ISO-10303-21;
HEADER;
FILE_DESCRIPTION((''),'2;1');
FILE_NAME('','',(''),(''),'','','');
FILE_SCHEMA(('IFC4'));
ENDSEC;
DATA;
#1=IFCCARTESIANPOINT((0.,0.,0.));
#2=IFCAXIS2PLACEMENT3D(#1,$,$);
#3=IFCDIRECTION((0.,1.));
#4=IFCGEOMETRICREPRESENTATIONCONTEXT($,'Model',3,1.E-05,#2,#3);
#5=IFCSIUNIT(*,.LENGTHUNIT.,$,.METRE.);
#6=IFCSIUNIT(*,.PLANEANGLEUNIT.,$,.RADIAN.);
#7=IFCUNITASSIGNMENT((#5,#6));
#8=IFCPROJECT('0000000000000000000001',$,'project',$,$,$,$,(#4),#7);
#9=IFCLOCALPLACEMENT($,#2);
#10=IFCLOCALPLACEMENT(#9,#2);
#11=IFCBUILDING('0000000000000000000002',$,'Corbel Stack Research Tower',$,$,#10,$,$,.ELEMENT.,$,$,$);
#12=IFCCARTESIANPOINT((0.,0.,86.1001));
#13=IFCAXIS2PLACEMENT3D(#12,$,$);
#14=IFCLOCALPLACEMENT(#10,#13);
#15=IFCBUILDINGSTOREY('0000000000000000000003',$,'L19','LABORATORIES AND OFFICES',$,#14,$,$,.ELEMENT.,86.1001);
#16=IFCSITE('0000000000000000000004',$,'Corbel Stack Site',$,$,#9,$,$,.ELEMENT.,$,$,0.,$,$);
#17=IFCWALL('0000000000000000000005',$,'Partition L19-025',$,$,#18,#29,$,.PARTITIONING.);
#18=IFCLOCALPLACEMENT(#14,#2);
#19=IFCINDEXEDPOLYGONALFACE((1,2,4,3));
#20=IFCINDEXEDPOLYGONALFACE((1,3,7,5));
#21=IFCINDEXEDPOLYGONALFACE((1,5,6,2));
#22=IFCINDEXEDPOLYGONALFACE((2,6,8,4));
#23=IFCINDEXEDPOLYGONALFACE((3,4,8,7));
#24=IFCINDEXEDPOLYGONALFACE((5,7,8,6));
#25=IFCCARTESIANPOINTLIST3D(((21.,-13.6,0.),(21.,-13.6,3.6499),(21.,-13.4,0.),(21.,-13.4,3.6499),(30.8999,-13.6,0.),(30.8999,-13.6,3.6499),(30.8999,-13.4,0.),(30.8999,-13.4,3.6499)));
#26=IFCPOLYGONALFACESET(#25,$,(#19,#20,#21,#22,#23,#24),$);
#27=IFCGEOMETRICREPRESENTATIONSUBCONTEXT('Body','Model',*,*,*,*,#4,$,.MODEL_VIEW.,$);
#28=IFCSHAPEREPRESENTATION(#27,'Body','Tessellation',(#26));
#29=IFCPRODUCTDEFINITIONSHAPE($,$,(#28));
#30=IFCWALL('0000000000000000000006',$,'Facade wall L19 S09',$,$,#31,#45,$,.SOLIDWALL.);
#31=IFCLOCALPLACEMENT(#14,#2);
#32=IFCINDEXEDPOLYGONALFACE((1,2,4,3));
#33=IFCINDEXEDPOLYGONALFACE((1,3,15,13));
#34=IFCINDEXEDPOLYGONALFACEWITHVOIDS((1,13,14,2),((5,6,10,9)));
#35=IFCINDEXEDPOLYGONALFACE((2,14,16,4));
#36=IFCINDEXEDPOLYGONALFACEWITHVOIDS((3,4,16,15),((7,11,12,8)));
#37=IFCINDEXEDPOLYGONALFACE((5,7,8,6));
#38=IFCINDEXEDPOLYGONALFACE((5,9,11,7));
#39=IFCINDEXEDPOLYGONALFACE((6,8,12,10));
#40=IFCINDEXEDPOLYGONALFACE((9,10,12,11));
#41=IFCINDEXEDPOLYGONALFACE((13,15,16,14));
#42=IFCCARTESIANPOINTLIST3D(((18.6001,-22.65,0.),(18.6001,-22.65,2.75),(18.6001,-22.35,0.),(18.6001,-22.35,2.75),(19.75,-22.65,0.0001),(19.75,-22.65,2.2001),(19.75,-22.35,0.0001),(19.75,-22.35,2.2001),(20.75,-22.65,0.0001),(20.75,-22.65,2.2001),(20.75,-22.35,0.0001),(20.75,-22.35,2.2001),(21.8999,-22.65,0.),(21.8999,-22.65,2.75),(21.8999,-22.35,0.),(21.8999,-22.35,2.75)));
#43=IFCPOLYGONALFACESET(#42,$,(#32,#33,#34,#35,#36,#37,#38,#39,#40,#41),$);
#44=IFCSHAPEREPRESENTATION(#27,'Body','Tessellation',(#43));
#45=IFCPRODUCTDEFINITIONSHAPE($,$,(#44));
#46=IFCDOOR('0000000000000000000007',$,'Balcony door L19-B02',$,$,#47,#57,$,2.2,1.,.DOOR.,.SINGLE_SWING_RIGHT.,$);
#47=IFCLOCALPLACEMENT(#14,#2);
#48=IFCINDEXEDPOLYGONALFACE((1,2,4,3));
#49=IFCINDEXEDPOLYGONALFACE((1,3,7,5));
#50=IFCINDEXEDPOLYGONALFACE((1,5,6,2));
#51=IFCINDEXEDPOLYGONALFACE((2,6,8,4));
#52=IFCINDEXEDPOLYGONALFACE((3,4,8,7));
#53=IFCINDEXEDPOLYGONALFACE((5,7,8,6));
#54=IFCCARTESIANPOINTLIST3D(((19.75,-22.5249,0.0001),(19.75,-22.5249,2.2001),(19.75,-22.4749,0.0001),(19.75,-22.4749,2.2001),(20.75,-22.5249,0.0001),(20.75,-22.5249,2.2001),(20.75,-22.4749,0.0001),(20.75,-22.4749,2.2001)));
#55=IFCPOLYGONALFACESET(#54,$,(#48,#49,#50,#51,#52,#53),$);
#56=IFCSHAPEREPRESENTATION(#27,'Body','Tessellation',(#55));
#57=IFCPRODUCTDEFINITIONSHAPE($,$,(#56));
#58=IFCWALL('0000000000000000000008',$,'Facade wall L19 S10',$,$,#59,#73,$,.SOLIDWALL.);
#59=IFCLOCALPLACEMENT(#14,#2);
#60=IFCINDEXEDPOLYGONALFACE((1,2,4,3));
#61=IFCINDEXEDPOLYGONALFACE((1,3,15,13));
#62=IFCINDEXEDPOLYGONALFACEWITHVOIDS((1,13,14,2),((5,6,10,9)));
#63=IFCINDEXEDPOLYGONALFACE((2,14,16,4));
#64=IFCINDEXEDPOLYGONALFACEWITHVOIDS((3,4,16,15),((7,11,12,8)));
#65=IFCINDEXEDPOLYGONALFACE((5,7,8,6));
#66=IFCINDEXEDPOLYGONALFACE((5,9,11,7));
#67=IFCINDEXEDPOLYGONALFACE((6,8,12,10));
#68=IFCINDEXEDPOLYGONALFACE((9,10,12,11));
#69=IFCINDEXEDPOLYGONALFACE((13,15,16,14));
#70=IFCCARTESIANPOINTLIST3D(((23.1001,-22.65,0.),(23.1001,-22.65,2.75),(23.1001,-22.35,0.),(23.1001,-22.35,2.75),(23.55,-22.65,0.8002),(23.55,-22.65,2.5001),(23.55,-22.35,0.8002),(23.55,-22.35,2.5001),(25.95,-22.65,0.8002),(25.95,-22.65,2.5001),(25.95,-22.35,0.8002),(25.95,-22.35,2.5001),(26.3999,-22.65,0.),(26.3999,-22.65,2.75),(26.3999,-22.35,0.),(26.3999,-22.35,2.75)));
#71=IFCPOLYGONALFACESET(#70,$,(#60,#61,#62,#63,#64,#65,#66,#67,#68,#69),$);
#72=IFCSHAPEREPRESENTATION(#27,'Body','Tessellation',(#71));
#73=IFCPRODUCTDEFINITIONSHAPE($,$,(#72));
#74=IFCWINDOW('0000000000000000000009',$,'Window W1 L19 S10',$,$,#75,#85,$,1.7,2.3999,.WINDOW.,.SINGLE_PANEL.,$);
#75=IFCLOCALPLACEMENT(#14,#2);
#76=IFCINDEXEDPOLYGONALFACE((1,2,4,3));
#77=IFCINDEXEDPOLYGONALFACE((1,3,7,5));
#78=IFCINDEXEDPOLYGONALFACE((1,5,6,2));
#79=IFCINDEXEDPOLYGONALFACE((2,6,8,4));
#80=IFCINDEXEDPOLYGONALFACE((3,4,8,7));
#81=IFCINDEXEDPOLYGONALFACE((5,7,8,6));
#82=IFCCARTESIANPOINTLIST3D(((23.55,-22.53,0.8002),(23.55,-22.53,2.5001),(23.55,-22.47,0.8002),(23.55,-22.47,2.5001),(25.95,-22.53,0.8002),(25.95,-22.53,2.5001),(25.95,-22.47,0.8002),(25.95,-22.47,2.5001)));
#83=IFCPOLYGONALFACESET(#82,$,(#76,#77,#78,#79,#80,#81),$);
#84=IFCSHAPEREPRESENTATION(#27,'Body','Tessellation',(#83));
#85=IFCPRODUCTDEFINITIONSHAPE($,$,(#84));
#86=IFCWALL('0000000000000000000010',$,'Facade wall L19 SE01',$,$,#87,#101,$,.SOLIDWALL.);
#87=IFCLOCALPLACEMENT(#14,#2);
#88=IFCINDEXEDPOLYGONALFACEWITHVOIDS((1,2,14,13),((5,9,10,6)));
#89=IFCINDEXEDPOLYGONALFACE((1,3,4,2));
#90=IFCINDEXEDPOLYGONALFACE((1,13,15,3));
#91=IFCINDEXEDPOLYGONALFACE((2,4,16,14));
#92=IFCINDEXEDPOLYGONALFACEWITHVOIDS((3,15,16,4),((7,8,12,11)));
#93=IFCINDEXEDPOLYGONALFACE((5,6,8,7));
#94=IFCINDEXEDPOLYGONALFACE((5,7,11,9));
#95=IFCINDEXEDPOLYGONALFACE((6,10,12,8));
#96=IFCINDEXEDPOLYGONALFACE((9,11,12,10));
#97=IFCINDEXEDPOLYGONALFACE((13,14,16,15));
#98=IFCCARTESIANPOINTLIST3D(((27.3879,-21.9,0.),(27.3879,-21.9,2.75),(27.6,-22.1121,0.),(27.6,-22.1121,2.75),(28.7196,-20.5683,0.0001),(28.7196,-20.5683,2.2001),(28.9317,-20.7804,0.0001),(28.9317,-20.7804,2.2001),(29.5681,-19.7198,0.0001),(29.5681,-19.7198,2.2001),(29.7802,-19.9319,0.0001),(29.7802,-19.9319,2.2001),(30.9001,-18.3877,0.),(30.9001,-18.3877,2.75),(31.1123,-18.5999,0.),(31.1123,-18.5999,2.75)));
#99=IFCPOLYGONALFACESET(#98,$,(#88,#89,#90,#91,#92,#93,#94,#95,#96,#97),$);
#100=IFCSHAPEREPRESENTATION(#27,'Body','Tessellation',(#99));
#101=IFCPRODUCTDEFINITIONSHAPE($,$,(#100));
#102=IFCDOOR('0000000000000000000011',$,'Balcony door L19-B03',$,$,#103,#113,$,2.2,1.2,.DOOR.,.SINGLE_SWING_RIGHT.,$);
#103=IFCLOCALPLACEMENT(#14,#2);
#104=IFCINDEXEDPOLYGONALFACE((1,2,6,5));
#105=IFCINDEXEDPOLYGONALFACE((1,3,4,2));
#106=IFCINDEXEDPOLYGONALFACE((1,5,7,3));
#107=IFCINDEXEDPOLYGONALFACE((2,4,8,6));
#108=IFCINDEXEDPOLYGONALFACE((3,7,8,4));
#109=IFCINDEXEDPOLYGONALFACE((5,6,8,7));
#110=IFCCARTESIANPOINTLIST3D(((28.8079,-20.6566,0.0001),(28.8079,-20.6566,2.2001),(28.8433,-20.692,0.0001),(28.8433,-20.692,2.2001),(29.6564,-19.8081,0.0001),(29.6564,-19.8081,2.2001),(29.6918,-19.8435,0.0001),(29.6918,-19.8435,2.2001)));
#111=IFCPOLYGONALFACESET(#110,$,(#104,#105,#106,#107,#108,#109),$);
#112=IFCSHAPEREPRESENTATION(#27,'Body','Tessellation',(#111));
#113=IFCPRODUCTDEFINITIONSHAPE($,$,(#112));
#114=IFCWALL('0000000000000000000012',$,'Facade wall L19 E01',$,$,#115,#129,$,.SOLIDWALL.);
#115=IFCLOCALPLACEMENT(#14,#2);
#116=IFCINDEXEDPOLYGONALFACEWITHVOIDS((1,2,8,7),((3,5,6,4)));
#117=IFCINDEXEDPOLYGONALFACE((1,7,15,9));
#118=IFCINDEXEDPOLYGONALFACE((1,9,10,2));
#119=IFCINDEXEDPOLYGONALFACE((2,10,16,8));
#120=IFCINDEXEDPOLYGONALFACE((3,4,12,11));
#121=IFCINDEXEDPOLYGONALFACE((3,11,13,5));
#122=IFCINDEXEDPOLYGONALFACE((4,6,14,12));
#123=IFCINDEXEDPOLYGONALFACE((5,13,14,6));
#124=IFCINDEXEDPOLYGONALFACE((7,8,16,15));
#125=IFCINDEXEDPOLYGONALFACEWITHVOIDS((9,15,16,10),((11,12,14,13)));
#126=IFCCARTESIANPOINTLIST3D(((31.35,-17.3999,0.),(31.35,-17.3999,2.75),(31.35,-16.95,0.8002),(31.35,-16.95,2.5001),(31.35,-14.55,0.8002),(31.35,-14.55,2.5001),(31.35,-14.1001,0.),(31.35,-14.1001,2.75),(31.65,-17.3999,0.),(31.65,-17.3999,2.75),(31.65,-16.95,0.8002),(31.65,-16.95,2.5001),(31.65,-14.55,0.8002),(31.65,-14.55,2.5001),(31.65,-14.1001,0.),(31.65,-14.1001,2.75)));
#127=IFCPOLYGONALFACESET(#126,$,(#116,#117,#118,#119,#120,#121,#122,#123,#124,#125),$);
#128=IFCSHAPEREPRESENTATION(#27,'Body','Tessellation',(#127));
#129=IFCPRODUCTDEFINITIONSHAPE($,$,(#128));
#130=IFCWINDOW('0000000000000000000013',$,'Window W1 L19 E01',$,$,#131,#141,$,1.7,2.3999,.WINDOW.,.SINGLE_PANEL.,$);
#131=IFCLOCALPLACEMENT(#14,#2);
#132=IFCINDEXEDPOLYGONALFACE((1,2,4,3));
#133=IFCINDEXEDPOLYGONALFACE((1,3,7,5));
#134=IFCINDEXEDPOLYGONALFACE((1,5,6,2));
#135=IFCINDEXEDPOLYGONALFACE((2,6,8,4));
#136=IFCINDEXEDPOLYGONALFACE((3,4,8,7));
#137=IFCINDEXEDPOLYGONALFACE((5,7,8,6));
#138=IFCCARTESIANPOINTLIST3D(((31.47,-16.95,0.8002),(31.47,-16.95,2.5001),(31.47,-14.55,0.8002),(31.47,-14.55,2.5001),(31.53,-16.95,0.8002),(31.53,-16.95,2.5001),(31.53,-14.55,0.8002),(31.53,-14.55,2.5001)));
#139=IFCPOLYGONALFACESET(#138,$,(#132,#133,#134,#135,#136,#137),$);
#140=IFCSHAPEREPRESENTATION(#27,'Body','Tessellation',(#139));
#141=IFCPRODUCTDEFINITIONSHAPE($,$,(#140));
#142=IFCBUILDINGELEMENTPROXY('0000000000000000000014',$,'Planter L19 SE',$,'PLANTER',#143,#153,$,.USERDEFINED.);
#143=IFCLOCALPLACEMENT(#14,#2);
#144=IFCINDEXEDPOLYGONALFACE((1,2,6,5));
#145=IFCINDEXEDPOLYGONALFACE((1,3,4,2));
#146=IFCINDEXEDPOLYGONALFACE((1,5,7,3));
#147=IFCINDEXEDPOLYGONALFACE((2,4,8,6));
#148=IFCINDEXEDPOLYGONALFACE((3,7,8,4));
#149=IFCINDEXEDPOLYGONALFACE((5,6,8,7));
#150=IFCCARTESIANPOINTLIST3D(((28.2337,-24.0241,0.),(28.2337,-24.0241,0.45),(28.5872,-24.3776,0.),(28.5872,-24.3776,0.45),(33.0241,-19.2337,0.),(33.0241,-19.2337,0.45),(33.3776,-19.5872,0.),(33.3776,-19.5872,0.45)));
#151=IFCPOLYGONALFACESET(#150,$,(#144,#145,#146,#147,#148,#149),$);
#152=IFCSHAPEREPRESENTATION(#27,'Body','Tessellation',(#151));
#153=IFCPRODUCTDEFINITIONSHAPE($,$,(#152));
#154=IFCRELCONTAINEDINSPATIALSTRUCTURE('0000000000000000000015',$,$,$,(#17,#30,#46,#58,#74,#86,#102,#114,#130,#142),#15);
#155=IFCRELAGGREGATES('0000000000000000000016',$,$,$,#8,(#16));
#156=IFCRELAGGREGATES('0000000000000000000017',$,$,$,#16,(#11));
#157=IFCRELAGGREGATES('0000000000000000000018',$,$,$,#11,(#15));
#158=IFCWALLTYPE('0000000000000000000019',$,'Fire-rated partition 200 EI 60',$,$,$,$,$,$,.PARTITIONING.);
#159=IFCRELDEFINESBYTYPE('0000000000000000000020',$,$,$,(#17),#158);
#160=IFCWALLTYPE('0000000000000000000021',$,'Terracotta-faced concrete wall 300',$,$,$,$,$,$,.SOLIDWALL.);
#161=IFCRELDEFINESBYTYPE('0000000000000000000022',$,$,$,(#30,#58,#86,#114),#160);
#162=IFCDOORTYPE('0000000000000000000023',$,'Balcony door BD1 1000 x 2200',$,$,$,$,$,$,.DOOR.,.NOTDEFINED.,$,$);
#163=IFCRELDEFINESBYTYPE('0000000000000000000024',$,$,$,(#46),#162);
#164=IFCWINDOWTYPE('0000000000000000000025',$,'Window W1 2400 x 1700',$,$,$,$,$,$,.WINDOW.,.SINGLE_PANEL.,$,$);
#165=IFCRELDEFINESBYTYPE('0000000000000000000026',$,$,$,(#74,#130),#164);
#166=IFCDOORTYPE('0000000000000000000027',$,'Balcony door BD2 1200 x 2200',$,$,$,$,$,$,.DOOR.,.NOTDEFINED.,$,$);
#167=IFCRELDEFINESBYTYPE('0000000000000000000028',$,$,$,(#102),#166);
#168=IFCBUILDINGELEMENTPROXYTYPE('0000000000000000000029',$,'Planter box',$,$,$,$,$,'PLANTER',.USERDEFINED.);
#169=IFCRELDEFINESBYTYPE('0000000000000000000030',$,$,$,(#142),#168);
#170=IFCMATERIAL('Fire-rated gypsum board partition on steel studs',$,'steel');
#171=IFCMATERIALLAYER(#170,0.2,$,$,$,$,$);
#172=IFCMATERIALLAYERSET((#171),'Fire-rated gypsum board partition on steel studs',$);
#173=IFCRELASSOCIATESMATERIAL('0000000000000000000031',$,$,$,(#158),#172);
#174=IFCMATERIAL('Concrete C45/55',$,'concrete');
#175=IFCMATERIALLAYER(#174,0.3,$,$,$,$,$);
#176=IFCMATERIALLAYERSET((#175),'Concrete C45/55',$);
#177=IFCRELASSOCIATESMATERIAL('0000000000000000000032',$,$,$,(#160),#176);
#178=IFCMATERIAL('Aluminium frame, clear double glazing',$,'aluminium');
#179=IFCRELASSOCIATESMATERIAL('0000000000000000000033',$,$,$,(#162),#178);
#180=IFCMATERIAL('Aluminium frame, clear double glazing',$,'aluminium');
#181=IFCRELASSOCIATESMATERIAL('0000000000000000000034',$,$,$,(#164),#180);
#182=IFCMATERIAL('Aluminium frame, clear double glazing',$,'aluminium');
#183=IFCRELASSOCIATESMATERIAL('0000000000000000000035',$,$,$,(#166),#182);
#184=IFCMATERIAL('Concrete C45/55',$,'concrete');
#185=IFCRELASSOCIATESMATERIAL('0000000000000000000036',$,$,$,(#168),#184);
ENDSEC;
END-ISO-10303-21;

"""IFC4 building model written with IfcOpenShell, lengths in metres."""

from ifc_helpers import new_model, si_unit, direction, frame, frame_2d, origin, origin_2d, place, context, subcontext, project, spatial, rectangle, extrude, material, layer, layer_set, type_object, element, fill, save


model = new_model("IFC4")

# Units and contexts
model_context = context("Model", 3, precision=1e-05, world=origin(), true_north=direction((0.0, 1.0)))
body_context = subcontext(model_context, "Body", "Model", "MODEL_VIEW")
ifc_project = project(units=[si_unit("LENGTHUNIT", "METRE"), si_unit("PLANEANGLEUNIT", "RADIAN")], contexts=[model_context])

# Site, building, storey
site_placement = place(None, origin())
site = spatial("IfcSite", under=ifc_project, at=site_placement, Name="Corbel Stack Site", CompositionType="ELEMENT", RefElevation=0.0)
building_placement = place(site_placement, origin())
building = spatial("IfcBuilding", under=site, at=building_placement, Name="Corbel Stack Research Tower", CompositionType="ELEMENT")
storey_placement = place(building_placement, frame((0.0, 0.0, 86.1001)))
storey = spatial("IfcBuildingStorey", under=building, at=storey_placement, Name="L19", Description="LABORATORIES AND OFFICES", CompositionType="ELEMENT", Elevation=86.1001)

# Shared definitions
ifc_material_1 = material(Name="Fire-rated gypsum board partition on steel studs", Category="steel")
ifc_layer_1 = layer(ifc_material_1, 0.2)
ifc_layer_set_1 = layer_set([ifc_layer_1], Name="Fire-rated gypsum board partition on steel studs")
wall_type_1 = type_object("IfcWallType", Name="Fire-rated partition 200 EI 60", PredefinedType="PARTITIONING", material=ifc_layer_set_1)

# Wall
wall_1_placement = place(storey_placement, frame((21.0, -13.5, 0.0), z_axis=(0.0, 0.0, 1.0), x_axis=(1.0, 0.0, 0.0)))
element("IfcWall", 1, at=wall_1_placement, inside=storey, type_object=wall_type_1, Name="Partition L19-025", PredefinedType="PARTITIONING", context=body_context, shape_type="SweptSolid", body=[
    extrude(rectangle(XDim=9.8999, YDim=0.2, at=frame_2d((4.95, 0.0))), origin(), (0.0, 0.0, 1.0), 3.6499),
])

# Wall, opening, door
ifc_material_2 = material(Name="Concrete C45/55", Category="concrete")
ifc_layer_2 = layer(ifc_material_2, 0.3)
ifc_layer_set_2 = layer_set([ifc_layer_2], Name="Concrete C45/55")
wall_type_2 = type_object("IfcWallType", Name="Terracotta-faced concrete wall 300", PredefinedType="SOLIDWALL", material=ifc_layer_set_2)
wall_2_placement = place(storey_placement, frame((21.8999, -22.5, 0.0), z_axis=(0.0, 0.0, 1.0), x_axis=(-1.0, 0.0, 0.0)))
wall_2 = element("IfcWall", 2, at=wall_2_placement, inside=storey, type_object=wall_type_2, Name="Facade wall L19 S09", PredefinedType="SOLIDWALL", context=body_context, shape_type="SweptSolid", body=[
    extrude(rectangle(XDim=3.2998, YDim=0.3, at=frame_2d((1.6499, 0.0))), origin(), (0.0, 0.0, 1.0), 2.75),
])
opening_1_placement = place(wall_2_placement, frame((1.1499, 0.0, 0.0)))
opening_1 = element("IfcOpeningElement", 3, at=opening_1_placement, cuts=wall_2, PredefinedType="OPENING", context=body_context, shape_type="SweptSolid", body=[
    extrude(rectangle(XDim=1.0, YDim=2.2, at=frame_2d((0.5, 1.1001))), frame((0.0, 0.1599, 0.0), z_axis=(0.0, -1.0, 0.0), x_axis=(1.0, 0.0, 0.0)), (0.0, 0.0, 1.0), 0.3201),
])
ifc_material_3 = material(Name="Aluminium frame, clear double glazing", Category="aluminium")
door_type_1 = type_object("IfcDoorType", Name="Balcony door BD1 1000 x 2200", OperationType="NOTDEFINED", PredefinedType="DOOR", material=ifc_material_3)
door_1_placement = place(opening_1_placement, origin())
door_1 = element("IfcDoor", 4, at=door_1_placement, inside=storey, type_object=door_type_1, Name="Balcony door L19-B02", OperationType="SINGLE_SWING_RIGHT", OverallHeight=2.2, OverallWidth=1.0, PredefinedType="DOOR", context=body_context, shape_type="SweptSolid", body=[
    extrude(rectangle(XDim=1.0, YDim=2.2, at=frame_2d((0.5, 1.1001))), frame((0.0, 0.0249, 0.0), z_axis=(0.0, -1.0, 0.0), x_axis=(1.0, 0.0, 0.0)), (0.0, 0.0, 1.0), 0.05),
])
fill(opening_1, door_1)

# Wall, opening, window
wall_3_placement = place(storey_placement, frame((26.3999, -22.5, 0.0), z_axis=(0.0, 0.0, 1.0), x_axis=(-1.0, 0.0, 0.0)))
wall_3 = element("IfcWall", 5, at=wall_3_placement, inside=storey, type_object=wall_type_2, Name="Facade wall L19 S10", PredefinedType="SOLIDWALL", context=body_context, shape_type="SweptSolid", body=[
    extrude(rectangle(XDim=3.2998, YDim=0.3, at=frame_2d((1.6499, 0.0))), origin(), (0.0, 0.0, 1.0), 2.75),
])
opening_2_placement = place(wall_3_placement, frame((0.45, 0.0, 0.8)))
opening_2 = element("IfcOpeningElement", 6, at=opening_2_placement, cuts=wall_3, PredefinedType="OPENING", context=body_context, shape_type="SweptSolid", body=[
    extrude(rectangle(XDim=2.3999, YDim=1.7, at=frame_2d((1.2, 0.8501))), frame((0.0, 0.1599, 0.0), z_axis=(0.0, -1.0, 0.0), x_axis=(1.0, 0.0, 0.0)), (0.0, 0.0, 1.0), 0.3201),
])
ifc_material_4 = material(Name="Aluminium frame, clear double glazing", Category="aluminium")
window_type = type_object("IfcWindowType", Name="Window W1 2400 x 1700", PartitioningType="SINGLE_PANEL", PredefinedType="WINDOW", material=ifc_material_4)
window_1_placement = place(opening_2_placement, origin())
window_1 = element("IfcWindow", 7, at=window_1_placement, inside=storey, type_object=window_type, Name="Window W1 L19 S10", OverallHeight=1.7, OverallWidth=2.3999, PartitioningType="SINGLE_PANEL", PredefinedType="WINDOW", context=body_context, shape_type="SweptSolid", body=[
    extrude(rectangle(XDim=2.3999, YDim=1.7, at=frame_2d((1.2, 0.8501))), frame((0.0, 0.03, 0.0), z_axis=(0.0, -1.0, 0.0), x_axis=(1.0, 0.0, 0.0)), (0.0, 0.0, 1.0), 0.0601),
])
fill(opening_2, window_1)

# Wall, opening, door
wall_4_placement = place(storey_placement, frame((31.0061, -18.4939, 0.0), z_axis=(0.0, 0.0, 1.0), x_axis=(-0.707107, -0.707107, 0.0)))
wall_4 = element("IfcWall", 8, at=wall_4_placement, inside=storey, type_object=wall_type_2, Name="Facade wall L19 SE01", PredefinedType="SOLIDWALL", context=body_context, shape_type="SweptSolid", body=[
    extrude(rectangle(XDim=4.967, YDim=0.3, at=frame_2d((2.4834, 0.0))), origin(), (0.0, 0.0, 1.0), 2.75),
])
opening_3_placement = place(wall_4_placement, frame((1.8835, 0.0, 0.0)))
opening_3 = element("IfcOpeningElement", 9, at=opening_3_placement, cuts=wall_4, PredefinedType="OPENING", context=body_context, shape_type="SweptSolid", body=[
    extrude(rectangle(XDim=1.2, YDim=2.2, at=frame_2d((0.6001, 1.1001))), frame((0.0, 0.1599, 0.0), z_axis=(0.0, -1.0, 0.0), x_axis=(1.0, 0.0, 0.0)), (0.0, 0.0, 1.0), 0.3201),
])
ifc_material_5 = material(Name="Aluminium frame, clear double glazing", Category="aluminium")
door_type_2 = type_object("IfcDoorType", Name="Balcony door BD2 1200 x 2200", OperationType="NOTDEFINED", PredefinedType="DOOR", material=ifc_material_5)
door_2_placement = place(opening_3_placement, origin())
door_2 = element("IfcDoor", 10, at=door_2_placement, inside=storey, type_object=door_type_2, Name="Balcony door L19-B03", OperationType="SINGLE_SWING_RIGHT", OverallHeight=2.2, OverallWidth=1.2, PredefinedType="DOOR", context=body_context, shape_type="SweptSolid", body=[
    extrude(rectangle(XDim=1.2, YDim=2.2, at=frame_2d((0.6001, 1.1001))), frame((0.0, 0.0249, 0.0), z_axis=(0.0, -1.0, 0.0), x_axis=(1.0, 0.0, 0.0)), (0.0, 0.0, 1.0), 0.05),
])
fill(opening_3, door_2)

# Wall, opening, window
wall_5_placement = place(storey_placement, frame((31.5, -14.1001, 0.0), z_axis=(0.0, 0.0, 1.0), x_axis=(0.0, -1.0, 0.0)))
wall_5 = element("IfcWall", 11, at=wall_5_placement, inside=storey, type_object=wall_type_2, Name="Facade wall L19 E01", PredefinedType="SOLIDWALL", context=body_context, shape_type="SweptSolid", body=[
    extrude(rectangle(XDim=3.2998, YDim=0.3, at=frame_2d((1.6499, 0.0))), origin(), (0.0, 0.0, 1.0), 2.75),
])
opening_4_placement = place(wall_5_placement, frame((0.45, 0.0, 0.8)))
opening_4 = element("IfcOpeningElement", 12, at=opening_4_placement, cuts=wall_5, PredefinedType="OPENING", context=body_context, shape_type="SweptSolid", body=[
    extrude(rectangle(XDim=2.3999, YDim=1.7, at=frame_2d((1.2, 0.8501))), frame((0.0, 0.1599, 0.0), z_axis=(0.0, -1.0, 0.0), x_axis=(1.0, 0.0, 0.0)), (0.0, 0.0, 1.0), 0.3201),
])
window_2_placement = place(opening_4_placement, origin())
window_2 = element("IfcWindow", 13, at=window_2_placement, inside=storey, type_object=window_type, Name="Window W1 L19 E01", OverallHeight=1.7, OverallWidth=2.3999, PartitioningType="SINGLE_PANEL", PredefinedType="WINDOW", context=body_context, shape_type="SweptSolid", body=[
    extrude(rectangle(XDim=2.3999, YDim=1.7, at=frame_2d((1.2, 0.8501))), frame((0.0, 0.03, 0.0), z_axis=(0.0, -1.0, 0.0), x_axis=(1.0, 0.0, 0.0)), (0.0, 0.0, 1.0), 0.0601),
])
fill(opening_4, window_2)

# Building element proxy
ifc_material_6 = material(Name="Concrete C45/55", Category="concrete")
building_element_proxy_type = type_object("IfcBuildingElementProxyType", Name="Planter box", ElementType="PLANTER", PredefinedType="USERDEFINED", material=ifc_material_6)
proxy_placement = place(storey_placement, frame((30.8057, -21.8057, 0.0), z_axis=(0.0, 0.0, 1.0), x_axis=(0.707107, 0.707107, 0.0)))
element("IfcBuildingElementProxy", 14, at=proxy_placement, inside=storey, type_object=building_element_proxy_type, Name="Planter L19 SE", ObjectType="PLANTER", PredefinedType="USERDEFINED", context=body_context, shape_type="SweptSolid", body=[
    extrude(rectangle(XDim=6.7747, YDim=0.5, at=origin_2d()), origin(), (0.0, 0.0, 1.0), 0.45),
])

save(model, "model.ifc")
